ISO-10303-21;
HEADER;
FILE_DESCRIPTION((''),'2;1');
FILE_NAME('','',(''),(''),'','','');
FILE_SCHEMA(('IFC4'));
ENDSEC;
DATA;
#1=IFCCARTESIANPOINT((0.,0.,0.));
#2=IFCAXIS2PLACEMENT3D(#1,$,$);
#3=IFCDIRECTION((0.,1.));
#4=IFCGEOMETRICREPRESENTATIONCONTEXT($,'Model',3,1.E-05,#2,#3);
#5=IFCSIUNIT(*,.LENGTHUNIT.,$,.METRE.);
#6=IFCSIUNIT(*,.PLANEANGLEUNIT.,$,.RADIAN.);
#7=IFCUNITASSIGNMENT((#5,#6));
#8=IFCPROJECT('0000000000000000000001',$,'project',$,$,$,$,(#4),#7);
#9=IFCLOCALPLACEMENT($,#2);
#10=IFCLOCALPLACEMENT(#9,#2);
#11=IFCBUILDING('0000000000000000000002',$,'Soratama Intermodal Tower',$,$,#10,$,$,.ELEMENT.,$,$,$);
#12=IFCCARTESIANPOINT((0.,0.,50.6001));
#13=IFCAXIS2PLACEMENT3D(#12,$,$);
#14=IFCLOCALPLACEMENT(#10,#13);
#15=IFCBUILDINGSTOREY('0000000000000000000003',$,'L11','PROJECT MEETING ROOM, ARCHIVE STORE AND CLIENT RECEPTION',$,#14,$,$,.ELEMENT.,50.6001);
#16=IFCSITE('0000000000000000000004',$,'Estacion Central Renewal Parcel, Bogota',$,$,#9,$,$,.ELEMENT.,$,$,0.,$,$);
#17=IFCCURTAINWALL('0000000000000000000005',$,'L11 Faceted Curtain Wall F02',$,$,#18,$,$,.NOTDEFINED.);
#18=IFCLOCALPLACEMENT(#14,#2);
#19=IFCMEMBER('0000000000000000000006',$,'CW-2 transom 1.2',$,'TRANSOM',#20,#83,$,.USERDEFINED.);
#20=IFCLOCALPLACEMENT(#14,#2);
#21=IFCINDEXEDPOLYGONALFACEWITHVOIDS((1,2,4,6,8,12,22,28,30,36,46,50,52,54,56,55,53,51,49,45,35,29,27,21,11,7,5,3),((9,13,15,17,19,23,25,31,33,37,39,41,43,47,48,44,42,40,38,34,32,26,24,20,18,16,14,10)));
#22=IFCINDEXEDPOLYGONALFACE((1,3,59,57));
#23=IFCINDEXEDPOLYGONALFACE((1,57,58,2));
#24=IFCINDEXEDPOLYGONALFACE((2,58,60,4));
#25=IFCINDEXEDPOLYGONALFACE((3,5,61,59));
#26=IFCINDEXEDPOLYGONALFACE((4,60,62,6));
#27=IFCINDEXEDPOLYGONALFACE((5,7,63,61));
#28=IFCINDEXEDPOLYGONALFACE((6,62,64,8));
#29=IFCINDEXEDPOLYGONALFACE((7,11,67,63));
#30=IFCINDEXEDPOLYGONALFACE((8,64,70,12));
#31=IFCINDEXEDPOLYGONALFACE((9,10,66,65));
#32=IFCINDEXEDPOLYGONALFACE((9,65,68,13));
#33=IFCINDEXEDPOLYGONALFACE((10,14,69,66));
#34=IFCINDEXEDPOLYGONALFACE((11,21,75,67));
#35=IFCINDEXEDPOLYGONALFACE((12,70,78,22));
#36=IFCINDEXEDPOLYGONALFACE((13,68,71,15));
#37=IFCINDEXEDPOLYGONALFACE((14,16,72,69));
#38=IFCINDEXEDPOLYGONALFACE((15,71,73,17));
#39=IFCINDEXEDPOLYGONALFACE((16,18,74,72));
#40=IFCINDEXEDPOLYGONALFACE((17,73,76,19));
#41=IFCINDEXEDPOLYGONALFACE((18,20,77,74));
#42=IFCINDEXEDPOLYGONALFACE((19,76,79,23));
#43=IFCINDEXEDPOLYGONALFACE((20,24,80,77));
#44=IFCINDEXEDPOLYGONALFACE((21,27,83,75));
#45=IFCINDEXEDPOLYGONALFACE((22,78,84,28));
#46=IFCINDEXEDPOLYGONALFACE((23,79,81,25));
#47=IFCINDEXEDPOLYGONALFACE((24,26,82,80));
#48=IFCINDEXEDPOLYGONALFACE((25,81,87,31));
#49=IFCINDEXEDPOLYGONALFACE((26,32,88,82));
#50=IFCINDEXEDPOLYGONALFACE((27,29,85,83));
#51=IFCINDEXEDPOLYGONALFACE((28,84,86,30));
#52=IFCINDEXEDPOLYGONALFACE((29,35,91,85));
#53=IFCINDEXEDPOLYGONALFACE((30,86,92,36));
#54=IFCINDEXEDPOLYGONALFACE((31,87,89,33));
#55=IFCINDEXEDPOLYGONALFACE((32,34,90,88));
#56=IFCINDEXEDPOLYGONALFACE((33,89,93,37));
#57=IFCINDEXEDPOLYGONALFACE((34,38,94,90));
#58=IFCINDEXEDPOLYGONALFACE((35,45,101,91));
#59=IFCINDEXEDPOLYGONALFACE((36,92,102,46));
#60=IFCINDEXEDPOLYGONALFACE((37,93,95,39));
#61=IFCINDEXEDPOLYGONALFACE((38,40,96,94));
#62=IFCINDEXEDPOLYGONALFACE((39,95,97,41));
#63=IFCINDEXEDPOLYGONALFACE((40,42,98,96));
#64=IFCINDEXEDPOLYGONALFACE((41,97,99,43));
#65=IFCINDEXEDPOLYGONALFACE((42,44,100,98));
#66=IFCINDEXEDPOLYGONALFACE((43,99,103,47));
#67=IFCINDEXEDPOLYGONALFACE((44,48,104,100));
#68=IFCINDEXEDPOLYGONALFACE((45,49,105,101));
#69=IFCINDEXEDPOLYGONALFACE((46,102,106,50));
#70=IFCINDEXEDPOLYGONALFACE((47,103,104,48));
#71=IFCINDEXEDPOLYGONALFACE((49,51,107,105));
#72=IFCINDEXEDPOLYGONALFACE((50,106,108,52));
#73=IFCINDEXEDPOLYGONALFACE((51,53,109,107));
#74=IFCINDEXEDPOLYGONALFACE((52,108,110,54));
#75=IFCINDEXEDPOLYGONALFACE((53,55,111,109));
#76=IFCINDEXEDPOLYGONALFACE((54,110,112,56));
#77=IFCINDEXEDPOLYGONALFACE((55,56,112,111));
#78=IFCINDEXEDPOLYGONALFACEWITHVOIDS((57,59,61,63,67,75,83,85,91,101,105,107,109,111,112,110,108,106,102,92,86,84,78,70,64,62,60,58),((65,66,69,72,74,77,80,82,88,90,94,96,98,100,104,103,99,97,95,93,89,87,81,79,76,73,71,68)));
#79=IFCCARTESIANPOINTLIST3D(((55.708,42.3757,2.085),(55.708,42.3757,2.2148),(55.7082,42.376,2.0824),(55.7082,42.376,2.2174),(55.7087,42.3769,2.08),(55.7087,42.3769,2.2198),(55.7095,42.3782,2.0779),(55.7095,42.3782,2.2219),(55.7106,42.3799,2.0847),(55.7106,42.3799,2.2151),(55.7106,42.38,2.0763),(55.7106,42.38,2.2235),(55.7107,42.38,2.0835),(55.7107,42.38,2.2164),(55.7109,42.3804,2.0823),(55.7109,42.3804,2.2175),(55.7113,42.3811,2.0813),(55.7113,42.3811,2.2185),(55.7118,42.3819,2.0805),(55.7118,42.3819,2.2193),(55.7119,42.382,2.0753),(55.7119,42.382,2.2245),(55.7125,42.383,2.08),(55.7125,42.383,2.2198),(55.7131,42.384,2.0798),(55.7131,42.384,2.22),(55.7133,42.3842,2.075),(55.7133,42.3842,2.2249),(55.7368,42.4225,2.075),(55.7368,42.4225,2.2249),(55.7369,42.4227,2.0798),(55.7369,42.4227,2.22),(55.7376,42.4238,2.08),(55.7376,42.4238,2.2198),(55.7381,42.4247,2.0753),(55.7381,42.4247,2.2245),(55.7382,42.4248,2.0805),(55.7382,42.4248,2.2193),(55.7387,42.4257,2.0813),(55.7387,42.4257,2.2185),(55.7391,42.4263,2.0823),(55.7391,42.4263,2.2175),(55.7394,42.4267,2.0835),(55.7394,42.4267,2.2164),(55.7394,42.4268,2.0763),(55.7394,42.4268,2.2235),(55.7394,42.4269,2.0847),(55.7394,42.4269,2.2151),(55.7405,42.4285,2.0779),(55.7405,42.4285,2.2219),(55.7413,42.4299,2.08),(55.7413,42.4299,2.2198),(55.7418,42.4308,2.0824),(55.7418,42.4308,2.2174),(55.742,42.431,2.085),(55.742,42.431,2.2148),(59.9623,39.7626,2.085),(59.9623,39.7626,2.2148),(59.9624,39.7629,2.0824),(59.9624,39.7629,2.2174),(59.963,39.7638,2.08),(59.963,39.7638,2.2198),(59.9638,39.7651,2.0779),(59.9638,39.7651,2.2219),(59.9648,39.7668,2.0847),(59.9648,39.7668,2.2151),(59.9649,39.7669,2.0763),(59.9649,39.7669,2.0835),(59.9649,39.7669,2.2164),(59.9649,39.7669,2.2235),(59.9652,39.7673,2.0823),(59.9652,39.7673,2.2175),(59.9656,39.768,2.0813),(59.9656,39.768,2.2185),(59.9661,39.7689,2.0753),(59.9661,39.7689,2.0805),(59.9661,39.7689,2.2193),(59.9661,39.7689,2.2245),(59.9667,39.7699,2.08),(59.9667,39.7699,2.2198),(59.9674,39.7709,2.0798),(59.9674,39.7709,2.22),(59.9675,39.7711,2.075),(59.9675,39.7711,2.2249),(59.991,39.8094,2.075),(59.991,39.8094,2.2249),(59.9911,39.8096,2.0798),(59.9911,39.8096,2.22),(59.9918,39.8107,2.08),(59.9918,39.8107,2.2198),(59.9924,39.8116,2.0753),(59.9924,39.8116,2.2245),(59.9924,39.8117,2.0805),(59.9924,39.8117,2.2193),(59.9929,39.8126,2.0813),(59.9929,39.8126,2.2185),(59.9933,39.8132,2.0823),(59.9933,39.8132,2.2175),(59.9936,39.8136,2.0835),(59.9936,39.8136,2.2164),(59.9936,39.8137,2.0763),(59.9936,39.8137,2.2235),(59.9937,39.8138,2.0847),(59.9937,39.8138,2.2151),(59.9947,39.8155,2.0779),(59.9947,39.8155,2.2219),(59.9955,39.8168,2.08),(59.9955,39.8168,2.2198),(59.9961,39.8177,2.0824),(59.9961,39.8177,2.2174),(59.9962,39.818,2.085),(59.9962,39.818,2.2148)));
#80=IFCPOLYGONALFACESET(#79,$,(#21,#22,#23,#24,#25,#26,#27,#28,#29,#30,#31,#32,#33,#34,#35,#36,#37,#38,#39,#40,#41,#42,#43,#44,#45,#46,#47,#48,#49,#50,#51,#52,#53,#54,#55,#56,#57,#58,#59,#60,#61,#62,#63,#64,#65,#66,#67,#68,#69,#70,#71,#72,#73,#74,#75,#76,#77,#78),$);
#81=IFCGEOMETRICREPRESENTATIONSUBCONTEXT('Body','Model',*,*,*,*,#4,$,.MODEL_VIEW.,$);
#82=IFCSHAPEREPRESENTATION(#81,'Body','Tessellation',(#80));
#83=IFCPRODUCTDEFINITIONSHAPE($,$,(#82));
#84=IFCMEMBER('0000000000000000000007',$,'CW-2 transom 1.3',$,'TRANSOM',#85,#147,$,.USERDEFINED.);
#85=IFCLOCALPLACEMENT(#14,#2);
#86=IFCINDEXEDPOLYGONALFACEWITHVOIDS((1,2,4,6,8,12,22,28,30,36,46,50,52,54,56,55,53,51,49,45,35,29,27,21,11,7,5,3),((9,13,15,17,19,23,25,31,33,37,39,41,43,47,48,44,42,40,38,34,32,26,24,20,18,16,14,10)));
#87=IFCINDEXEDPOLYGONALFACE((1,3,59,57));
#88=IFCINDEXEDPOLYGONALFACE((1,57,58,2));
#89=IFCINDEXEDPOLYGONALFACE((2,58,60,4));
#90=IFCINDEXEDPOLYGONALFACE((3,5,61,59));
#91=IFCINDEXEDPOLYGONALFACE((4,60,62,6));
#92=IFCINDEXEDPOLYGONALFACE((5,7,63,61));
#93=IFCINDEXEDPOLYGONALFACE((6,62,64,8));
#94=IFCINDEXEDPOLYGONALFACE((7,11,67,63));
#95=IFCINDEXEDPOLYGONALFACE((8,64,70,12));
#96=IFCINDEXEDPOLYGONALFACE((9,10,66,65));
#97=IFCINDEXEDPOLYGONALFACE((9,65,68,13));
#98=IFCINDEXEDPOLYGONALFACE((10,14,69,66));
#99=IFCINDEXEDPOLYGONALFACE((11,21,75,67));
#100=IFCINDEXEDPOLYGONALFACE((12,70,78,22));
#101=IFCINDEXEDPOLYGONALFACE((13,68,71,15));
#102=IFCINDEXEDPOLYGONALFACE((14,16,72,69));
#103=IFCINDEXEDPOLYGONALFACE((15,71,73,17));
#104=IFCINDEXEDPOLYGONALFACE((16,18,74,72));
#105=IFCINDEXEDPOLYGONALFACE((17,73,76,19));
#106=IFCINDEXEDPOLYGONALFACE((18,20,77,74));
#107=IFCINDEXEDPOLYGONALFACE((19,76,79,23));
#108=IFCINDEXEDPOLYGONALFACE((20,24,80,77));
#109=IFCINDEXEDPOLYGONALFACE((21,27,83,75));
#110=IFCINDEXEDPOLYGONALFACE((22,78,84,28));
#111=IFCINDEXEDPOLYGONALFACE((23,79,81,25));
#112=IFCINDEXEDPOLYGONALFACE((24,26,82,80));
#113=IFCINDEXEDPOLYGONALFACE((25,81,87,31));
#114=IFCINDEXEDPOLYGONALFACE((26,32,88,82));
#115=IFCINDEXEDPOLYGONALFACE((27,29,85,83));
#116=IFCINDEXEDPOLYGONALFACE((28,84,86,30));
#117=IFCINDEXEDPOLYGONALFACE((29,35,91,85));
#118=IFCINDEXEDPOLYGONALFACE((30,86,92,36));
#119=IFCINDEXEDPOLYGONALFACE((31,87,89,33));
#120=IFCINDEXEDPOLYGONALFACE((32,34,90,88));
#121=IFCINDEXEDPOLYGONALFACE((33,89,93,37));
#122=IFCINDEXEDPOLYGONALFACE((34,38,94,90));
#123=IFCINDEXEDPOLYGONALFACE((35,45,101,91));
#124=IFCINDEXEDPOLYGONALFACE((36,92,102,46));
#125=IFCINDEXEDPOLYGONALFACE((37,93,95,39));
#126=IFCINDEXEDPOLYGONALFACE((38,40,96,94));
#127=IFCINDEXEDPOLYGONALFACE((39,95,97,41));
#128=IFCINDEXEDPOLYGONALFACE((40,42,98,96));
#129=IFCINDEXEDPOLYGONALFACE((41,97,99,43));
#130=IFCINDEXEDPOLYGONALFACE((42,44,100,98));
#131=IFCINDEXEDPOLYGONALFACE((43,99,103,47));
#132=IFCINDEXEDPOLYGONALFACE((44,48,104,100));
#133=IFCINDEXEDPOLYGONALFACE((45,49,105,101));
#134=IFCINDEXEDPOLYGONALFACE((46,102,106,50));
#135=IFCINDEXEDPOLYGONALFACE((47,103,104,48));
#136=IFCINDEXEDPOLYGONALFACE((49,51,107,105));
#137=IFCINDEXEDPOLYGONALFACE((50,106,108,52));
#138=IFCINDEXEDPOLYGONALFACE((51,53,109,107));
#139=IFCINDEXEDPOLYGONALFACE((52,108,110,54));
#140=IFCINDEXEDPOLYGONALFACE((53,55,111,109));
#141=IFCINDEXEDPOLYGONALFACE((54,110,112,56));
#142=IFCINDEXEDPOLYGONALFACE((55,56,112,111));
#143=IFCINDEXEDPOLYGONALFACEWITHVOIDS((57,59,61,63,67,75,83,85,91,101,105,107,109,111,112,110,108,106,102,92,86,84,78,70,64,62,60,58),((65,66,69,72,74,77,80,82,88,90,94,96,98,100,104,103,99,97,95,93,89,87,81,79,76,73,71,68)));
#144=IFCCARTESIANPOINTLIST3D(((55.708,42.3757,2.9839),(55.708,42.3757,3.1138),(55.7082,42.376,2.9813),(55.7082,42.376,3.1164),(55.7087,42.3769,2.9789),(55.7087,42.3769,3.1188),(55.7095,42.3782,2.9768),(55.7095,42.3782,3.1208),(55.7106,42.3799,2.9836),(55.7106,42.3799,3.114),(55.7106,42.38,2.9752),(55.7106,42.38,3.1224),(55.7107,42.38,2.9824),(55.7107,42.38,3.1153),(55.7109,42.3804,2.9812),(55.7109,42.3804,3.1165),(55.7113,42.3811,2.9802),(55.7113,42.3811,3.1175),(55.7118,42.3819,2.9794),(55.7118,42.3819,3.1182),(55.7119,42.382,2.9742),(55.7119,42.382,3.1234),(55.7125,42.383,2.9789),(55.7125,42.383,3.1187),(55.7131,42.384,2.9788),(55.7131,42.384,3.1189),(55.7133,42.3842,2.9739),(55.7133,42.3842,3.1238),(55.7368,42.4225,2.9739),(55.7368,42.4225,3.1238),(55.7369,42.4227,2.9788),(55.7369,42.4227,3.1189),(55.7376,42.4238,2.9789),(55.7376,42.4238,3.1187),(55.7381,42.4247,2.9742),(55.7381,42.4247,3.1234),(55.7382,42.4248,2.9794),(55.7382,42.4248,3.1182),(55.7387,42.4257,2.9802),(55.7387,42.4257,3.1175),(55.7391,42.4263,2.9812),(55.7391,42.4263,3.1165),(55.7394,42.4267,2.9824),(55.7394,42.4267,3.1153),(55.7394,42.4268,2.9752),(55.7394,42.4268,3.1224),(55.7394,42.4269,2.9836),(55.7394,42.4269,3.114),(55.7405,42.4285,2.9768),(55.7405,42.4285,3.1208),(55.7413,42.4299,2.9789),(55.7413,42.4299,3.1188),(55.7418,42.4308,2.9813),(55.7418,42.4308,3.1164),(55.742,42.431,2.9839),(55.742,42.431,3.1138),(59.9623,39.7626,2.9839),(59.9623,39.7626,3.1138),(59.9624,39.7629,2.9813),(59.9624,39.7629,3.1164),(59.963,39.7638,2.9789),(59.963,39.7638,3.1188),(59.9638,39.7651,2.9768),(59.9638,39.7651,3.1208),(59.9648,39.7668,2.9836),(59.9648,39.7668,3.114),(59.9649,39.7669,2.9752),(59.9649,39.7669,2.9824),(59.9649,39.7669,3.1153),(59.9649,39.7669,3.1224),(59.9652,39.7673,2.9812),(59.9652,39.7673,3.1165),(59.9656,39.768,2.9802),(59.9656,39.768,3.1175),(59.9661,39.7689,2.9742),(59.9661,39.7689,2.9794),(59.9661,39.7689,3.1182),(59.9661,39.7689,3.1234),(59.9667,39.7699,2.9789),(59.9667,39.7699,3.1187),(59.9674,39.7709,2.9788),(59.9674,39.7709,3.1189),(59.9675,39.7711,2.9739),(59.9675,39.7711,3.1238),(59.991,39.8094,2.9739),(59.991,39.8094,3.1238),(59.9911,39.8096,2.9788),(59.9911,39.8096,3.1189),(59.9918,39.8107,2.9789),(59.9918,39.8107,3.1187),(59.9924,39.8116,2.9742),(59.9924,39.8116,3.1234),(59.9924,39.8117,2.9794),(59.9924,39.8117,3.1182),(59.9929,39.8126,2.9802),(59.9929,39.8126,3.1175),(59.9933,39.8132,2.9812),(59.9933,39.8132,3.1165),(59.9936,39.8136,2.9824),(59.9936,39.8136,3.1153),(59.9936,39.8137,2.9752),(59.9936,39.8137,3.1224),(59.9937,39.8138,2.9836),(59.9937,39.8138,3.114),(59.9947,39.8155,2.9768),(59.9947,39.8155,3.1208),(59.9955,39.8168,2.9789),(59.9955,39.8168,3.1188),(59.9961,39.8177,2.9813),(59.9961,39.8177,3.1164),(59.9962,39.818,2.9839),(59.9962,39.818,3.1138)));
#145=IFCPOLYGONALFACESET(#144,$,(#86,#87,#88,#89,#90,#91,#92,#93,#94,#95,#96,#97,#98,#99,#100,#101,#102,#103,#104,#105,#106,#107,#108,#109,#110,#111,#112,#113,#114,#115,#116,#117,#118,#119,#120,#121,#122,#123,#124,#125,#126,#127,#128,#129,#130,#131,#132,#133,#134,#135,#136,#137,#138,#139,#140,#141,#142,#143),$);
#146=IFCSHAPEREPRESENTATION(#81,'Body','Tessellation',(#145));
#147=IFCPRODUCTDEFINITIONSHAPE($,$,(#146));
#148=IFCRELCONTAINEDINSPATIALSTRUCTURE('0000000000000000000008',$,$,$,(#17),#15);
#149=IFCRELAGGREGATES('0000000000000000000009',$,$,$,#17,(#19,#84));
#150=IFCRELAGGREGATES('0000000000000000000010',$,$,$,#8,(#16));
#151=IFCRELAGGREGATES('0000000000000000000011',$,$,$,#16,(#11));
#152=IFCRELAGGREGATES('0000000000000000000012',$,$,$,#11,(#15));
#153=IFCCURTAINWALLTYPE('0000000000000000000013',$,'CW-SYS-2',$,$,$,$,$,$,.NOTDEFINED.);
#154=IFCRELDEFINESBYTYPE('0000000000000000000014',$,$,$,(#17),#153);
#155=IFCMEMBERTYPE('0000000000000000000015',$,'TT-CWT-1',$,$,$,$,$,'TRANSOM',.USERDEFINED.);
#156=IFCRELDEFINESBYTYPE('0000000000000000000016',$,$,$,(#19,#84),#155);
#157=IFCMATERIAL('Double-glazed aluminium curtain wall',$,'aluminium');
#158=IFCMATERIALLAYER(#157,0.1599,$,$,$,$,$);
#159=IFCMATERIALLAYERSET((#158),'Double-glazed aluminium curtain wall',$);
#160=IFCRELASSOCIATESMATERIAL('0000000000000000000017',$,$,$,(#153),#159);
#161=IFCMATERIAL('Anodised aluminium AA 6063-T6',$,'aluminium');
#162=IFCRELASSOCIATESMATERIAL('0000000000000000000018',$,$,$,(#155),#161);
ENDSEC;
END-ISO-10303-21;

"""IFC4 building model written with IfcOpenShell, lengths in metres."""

from ifc_helpers import new_model, si_unit, direction, frame, origin, origin_2d, place, context, subcontext, project, spatial, hollow_rectangle, extrude, material, layer, layer_set, material_profile, profile_set, type_object, element, aggregate, save


model = new_model("IFC4")

# Units and contexts
model_context = context("Model", 3, precision=1e-05, world=origin(), true_north=direction((0.0, 1.0)))
body_context = subcontext(model_context, "Body", "Model", "MODEL_VIEW")
ifc_project = project(units=[si_unit("LENGTHUNIT", "METRE"), si_unit("PLANEANGLEUNIT", "RADIAN")], contexts=[model_context])

# Site, building, storey
site_placement = place(None, origin())
site = spatial("IfcSite", under=ifc_project, at=site_placement, Name="Estacion Central Renewal Parcel, Bogota", CompositionType="ELEMENT", RefElevation=0.0)
building_placement = place(site_placement, origin())
building = spatial("IfcBuilding", under=site, at=building_placement, Name="Soratama Intermodal Tower", CompositionType="ELEMENT")
storey_placement = place(building_placement, frame((0.0, 0.0, 50.6001)))
storey = spatial("IfcBuildingStorey", under=building, at=storey_placement, Name="L11", Description="PROJECT MEETING ROOM, ARCHIVE STORE AND CLIENT RECEPTION", CompositionType="ELEMENT", Elevation=50.6001)

# Shared definitions
ifc_material_1 = material(Name="Double-glazed aluminium curtain wall", Category="aluminium")
ifc_layer_1 = layer(ifc_material_1, 0.1599)
ifc_layer_set_1 = layer_set([ifc_layer_1], Name="Double-glazed aluminium curtain wall")
curtain_wall_type = type_object("IfcCurtainWallType", Name="CW-SYS-2", PredefinedType="NOTDEFINED", material=ifc_layer_set_1)

# Curtain wall, members
curtain_wall_1_placement = place(storey_placement, origin())
curtain_wall_1 = element("IfcCurtainWall", 1, at=curtain_wall_1_placement, inside=storey, type_object=curtain_wall_type, Name="L11 Faceted Curtain Wall F02", PredefinedType="NOTDEFINED")
ifc_material_2 = material(Name="Anodised aluminium AA 6063-T6", Category="aluminium")
ifc_material_profile_1 = material_profile(ifc_material_2, hollow_rectangle(XDim=0.0649, YDim=0.1499, WallThickness=0.0049, InnerFilletRadius=0.0049, OuterFilletRadius=0.01, at=origin_2d()), Name="CWT150X65X5")
ifc_profile_set_1 = profile_set([ifc_material_profile_1], Name="Anodised aluminium AA 6063-T6")
member_type_1 = type_object("IfcMemberType", Name="TT-CWT-1", ElementType="TRANSOM", PredefinedType="USERDEFINED", material=ifc_profile_set_1)
member_1_placement = place(storey_placement, frame((59.9792, 39.7903, 2.1499), z_axis=(-0.852096, 0.523385, 0.0), x_axis=(-0.523385, -0.852096, 0.0)))
member_1 = element("IfcMember", 2, at=member_1_placement, type_object=member_type_1, Name="CW-2 transom 1.2", ObjectType="TRANSOM", PredefinedType="USERDEFINED", context=body_context, shape_type="SweptSolid", body=[
    extrude(hollow_rectangle(XDim=0.0649, YDim=0.1499, WallThickness=0.0049, InnerFilletRadius=0.0049, OuterFilletRadius=0.01, at=origin_2d()), origin(), (0.0, 0.0, 1.0), 4.9927),
])
member_2_placement = place(storey_placement, frame((59.9792, 39.7903, 3.0488), z_axis=(-0.852096, 0.523385, 0.0), x_axis=(-0.523385, -0.852096, 0.0)))
member_2 = element("IfcMember", 3, at=member_2_placement, type_object=member_type_1, Name="CW-2 transom 1.3", ObjectType="TRANSOM", PredefinedType="USERDEFINED", context=body_context, shape_type="SweptSolid", body=[
    extrude(hollow_rectangle(XDim=0.0649, YDim=0.1499, WallThickness=0.0049, InnerFilletRadius=0.0049, OuterFilletRadius=0.01, at=origin_2d()), origin(), (0.0, 0.0, 1.0), 4.9927),
])

aggregate(curtain_wall_1, [member_1, member_2])

save(model, "model.ifc")
